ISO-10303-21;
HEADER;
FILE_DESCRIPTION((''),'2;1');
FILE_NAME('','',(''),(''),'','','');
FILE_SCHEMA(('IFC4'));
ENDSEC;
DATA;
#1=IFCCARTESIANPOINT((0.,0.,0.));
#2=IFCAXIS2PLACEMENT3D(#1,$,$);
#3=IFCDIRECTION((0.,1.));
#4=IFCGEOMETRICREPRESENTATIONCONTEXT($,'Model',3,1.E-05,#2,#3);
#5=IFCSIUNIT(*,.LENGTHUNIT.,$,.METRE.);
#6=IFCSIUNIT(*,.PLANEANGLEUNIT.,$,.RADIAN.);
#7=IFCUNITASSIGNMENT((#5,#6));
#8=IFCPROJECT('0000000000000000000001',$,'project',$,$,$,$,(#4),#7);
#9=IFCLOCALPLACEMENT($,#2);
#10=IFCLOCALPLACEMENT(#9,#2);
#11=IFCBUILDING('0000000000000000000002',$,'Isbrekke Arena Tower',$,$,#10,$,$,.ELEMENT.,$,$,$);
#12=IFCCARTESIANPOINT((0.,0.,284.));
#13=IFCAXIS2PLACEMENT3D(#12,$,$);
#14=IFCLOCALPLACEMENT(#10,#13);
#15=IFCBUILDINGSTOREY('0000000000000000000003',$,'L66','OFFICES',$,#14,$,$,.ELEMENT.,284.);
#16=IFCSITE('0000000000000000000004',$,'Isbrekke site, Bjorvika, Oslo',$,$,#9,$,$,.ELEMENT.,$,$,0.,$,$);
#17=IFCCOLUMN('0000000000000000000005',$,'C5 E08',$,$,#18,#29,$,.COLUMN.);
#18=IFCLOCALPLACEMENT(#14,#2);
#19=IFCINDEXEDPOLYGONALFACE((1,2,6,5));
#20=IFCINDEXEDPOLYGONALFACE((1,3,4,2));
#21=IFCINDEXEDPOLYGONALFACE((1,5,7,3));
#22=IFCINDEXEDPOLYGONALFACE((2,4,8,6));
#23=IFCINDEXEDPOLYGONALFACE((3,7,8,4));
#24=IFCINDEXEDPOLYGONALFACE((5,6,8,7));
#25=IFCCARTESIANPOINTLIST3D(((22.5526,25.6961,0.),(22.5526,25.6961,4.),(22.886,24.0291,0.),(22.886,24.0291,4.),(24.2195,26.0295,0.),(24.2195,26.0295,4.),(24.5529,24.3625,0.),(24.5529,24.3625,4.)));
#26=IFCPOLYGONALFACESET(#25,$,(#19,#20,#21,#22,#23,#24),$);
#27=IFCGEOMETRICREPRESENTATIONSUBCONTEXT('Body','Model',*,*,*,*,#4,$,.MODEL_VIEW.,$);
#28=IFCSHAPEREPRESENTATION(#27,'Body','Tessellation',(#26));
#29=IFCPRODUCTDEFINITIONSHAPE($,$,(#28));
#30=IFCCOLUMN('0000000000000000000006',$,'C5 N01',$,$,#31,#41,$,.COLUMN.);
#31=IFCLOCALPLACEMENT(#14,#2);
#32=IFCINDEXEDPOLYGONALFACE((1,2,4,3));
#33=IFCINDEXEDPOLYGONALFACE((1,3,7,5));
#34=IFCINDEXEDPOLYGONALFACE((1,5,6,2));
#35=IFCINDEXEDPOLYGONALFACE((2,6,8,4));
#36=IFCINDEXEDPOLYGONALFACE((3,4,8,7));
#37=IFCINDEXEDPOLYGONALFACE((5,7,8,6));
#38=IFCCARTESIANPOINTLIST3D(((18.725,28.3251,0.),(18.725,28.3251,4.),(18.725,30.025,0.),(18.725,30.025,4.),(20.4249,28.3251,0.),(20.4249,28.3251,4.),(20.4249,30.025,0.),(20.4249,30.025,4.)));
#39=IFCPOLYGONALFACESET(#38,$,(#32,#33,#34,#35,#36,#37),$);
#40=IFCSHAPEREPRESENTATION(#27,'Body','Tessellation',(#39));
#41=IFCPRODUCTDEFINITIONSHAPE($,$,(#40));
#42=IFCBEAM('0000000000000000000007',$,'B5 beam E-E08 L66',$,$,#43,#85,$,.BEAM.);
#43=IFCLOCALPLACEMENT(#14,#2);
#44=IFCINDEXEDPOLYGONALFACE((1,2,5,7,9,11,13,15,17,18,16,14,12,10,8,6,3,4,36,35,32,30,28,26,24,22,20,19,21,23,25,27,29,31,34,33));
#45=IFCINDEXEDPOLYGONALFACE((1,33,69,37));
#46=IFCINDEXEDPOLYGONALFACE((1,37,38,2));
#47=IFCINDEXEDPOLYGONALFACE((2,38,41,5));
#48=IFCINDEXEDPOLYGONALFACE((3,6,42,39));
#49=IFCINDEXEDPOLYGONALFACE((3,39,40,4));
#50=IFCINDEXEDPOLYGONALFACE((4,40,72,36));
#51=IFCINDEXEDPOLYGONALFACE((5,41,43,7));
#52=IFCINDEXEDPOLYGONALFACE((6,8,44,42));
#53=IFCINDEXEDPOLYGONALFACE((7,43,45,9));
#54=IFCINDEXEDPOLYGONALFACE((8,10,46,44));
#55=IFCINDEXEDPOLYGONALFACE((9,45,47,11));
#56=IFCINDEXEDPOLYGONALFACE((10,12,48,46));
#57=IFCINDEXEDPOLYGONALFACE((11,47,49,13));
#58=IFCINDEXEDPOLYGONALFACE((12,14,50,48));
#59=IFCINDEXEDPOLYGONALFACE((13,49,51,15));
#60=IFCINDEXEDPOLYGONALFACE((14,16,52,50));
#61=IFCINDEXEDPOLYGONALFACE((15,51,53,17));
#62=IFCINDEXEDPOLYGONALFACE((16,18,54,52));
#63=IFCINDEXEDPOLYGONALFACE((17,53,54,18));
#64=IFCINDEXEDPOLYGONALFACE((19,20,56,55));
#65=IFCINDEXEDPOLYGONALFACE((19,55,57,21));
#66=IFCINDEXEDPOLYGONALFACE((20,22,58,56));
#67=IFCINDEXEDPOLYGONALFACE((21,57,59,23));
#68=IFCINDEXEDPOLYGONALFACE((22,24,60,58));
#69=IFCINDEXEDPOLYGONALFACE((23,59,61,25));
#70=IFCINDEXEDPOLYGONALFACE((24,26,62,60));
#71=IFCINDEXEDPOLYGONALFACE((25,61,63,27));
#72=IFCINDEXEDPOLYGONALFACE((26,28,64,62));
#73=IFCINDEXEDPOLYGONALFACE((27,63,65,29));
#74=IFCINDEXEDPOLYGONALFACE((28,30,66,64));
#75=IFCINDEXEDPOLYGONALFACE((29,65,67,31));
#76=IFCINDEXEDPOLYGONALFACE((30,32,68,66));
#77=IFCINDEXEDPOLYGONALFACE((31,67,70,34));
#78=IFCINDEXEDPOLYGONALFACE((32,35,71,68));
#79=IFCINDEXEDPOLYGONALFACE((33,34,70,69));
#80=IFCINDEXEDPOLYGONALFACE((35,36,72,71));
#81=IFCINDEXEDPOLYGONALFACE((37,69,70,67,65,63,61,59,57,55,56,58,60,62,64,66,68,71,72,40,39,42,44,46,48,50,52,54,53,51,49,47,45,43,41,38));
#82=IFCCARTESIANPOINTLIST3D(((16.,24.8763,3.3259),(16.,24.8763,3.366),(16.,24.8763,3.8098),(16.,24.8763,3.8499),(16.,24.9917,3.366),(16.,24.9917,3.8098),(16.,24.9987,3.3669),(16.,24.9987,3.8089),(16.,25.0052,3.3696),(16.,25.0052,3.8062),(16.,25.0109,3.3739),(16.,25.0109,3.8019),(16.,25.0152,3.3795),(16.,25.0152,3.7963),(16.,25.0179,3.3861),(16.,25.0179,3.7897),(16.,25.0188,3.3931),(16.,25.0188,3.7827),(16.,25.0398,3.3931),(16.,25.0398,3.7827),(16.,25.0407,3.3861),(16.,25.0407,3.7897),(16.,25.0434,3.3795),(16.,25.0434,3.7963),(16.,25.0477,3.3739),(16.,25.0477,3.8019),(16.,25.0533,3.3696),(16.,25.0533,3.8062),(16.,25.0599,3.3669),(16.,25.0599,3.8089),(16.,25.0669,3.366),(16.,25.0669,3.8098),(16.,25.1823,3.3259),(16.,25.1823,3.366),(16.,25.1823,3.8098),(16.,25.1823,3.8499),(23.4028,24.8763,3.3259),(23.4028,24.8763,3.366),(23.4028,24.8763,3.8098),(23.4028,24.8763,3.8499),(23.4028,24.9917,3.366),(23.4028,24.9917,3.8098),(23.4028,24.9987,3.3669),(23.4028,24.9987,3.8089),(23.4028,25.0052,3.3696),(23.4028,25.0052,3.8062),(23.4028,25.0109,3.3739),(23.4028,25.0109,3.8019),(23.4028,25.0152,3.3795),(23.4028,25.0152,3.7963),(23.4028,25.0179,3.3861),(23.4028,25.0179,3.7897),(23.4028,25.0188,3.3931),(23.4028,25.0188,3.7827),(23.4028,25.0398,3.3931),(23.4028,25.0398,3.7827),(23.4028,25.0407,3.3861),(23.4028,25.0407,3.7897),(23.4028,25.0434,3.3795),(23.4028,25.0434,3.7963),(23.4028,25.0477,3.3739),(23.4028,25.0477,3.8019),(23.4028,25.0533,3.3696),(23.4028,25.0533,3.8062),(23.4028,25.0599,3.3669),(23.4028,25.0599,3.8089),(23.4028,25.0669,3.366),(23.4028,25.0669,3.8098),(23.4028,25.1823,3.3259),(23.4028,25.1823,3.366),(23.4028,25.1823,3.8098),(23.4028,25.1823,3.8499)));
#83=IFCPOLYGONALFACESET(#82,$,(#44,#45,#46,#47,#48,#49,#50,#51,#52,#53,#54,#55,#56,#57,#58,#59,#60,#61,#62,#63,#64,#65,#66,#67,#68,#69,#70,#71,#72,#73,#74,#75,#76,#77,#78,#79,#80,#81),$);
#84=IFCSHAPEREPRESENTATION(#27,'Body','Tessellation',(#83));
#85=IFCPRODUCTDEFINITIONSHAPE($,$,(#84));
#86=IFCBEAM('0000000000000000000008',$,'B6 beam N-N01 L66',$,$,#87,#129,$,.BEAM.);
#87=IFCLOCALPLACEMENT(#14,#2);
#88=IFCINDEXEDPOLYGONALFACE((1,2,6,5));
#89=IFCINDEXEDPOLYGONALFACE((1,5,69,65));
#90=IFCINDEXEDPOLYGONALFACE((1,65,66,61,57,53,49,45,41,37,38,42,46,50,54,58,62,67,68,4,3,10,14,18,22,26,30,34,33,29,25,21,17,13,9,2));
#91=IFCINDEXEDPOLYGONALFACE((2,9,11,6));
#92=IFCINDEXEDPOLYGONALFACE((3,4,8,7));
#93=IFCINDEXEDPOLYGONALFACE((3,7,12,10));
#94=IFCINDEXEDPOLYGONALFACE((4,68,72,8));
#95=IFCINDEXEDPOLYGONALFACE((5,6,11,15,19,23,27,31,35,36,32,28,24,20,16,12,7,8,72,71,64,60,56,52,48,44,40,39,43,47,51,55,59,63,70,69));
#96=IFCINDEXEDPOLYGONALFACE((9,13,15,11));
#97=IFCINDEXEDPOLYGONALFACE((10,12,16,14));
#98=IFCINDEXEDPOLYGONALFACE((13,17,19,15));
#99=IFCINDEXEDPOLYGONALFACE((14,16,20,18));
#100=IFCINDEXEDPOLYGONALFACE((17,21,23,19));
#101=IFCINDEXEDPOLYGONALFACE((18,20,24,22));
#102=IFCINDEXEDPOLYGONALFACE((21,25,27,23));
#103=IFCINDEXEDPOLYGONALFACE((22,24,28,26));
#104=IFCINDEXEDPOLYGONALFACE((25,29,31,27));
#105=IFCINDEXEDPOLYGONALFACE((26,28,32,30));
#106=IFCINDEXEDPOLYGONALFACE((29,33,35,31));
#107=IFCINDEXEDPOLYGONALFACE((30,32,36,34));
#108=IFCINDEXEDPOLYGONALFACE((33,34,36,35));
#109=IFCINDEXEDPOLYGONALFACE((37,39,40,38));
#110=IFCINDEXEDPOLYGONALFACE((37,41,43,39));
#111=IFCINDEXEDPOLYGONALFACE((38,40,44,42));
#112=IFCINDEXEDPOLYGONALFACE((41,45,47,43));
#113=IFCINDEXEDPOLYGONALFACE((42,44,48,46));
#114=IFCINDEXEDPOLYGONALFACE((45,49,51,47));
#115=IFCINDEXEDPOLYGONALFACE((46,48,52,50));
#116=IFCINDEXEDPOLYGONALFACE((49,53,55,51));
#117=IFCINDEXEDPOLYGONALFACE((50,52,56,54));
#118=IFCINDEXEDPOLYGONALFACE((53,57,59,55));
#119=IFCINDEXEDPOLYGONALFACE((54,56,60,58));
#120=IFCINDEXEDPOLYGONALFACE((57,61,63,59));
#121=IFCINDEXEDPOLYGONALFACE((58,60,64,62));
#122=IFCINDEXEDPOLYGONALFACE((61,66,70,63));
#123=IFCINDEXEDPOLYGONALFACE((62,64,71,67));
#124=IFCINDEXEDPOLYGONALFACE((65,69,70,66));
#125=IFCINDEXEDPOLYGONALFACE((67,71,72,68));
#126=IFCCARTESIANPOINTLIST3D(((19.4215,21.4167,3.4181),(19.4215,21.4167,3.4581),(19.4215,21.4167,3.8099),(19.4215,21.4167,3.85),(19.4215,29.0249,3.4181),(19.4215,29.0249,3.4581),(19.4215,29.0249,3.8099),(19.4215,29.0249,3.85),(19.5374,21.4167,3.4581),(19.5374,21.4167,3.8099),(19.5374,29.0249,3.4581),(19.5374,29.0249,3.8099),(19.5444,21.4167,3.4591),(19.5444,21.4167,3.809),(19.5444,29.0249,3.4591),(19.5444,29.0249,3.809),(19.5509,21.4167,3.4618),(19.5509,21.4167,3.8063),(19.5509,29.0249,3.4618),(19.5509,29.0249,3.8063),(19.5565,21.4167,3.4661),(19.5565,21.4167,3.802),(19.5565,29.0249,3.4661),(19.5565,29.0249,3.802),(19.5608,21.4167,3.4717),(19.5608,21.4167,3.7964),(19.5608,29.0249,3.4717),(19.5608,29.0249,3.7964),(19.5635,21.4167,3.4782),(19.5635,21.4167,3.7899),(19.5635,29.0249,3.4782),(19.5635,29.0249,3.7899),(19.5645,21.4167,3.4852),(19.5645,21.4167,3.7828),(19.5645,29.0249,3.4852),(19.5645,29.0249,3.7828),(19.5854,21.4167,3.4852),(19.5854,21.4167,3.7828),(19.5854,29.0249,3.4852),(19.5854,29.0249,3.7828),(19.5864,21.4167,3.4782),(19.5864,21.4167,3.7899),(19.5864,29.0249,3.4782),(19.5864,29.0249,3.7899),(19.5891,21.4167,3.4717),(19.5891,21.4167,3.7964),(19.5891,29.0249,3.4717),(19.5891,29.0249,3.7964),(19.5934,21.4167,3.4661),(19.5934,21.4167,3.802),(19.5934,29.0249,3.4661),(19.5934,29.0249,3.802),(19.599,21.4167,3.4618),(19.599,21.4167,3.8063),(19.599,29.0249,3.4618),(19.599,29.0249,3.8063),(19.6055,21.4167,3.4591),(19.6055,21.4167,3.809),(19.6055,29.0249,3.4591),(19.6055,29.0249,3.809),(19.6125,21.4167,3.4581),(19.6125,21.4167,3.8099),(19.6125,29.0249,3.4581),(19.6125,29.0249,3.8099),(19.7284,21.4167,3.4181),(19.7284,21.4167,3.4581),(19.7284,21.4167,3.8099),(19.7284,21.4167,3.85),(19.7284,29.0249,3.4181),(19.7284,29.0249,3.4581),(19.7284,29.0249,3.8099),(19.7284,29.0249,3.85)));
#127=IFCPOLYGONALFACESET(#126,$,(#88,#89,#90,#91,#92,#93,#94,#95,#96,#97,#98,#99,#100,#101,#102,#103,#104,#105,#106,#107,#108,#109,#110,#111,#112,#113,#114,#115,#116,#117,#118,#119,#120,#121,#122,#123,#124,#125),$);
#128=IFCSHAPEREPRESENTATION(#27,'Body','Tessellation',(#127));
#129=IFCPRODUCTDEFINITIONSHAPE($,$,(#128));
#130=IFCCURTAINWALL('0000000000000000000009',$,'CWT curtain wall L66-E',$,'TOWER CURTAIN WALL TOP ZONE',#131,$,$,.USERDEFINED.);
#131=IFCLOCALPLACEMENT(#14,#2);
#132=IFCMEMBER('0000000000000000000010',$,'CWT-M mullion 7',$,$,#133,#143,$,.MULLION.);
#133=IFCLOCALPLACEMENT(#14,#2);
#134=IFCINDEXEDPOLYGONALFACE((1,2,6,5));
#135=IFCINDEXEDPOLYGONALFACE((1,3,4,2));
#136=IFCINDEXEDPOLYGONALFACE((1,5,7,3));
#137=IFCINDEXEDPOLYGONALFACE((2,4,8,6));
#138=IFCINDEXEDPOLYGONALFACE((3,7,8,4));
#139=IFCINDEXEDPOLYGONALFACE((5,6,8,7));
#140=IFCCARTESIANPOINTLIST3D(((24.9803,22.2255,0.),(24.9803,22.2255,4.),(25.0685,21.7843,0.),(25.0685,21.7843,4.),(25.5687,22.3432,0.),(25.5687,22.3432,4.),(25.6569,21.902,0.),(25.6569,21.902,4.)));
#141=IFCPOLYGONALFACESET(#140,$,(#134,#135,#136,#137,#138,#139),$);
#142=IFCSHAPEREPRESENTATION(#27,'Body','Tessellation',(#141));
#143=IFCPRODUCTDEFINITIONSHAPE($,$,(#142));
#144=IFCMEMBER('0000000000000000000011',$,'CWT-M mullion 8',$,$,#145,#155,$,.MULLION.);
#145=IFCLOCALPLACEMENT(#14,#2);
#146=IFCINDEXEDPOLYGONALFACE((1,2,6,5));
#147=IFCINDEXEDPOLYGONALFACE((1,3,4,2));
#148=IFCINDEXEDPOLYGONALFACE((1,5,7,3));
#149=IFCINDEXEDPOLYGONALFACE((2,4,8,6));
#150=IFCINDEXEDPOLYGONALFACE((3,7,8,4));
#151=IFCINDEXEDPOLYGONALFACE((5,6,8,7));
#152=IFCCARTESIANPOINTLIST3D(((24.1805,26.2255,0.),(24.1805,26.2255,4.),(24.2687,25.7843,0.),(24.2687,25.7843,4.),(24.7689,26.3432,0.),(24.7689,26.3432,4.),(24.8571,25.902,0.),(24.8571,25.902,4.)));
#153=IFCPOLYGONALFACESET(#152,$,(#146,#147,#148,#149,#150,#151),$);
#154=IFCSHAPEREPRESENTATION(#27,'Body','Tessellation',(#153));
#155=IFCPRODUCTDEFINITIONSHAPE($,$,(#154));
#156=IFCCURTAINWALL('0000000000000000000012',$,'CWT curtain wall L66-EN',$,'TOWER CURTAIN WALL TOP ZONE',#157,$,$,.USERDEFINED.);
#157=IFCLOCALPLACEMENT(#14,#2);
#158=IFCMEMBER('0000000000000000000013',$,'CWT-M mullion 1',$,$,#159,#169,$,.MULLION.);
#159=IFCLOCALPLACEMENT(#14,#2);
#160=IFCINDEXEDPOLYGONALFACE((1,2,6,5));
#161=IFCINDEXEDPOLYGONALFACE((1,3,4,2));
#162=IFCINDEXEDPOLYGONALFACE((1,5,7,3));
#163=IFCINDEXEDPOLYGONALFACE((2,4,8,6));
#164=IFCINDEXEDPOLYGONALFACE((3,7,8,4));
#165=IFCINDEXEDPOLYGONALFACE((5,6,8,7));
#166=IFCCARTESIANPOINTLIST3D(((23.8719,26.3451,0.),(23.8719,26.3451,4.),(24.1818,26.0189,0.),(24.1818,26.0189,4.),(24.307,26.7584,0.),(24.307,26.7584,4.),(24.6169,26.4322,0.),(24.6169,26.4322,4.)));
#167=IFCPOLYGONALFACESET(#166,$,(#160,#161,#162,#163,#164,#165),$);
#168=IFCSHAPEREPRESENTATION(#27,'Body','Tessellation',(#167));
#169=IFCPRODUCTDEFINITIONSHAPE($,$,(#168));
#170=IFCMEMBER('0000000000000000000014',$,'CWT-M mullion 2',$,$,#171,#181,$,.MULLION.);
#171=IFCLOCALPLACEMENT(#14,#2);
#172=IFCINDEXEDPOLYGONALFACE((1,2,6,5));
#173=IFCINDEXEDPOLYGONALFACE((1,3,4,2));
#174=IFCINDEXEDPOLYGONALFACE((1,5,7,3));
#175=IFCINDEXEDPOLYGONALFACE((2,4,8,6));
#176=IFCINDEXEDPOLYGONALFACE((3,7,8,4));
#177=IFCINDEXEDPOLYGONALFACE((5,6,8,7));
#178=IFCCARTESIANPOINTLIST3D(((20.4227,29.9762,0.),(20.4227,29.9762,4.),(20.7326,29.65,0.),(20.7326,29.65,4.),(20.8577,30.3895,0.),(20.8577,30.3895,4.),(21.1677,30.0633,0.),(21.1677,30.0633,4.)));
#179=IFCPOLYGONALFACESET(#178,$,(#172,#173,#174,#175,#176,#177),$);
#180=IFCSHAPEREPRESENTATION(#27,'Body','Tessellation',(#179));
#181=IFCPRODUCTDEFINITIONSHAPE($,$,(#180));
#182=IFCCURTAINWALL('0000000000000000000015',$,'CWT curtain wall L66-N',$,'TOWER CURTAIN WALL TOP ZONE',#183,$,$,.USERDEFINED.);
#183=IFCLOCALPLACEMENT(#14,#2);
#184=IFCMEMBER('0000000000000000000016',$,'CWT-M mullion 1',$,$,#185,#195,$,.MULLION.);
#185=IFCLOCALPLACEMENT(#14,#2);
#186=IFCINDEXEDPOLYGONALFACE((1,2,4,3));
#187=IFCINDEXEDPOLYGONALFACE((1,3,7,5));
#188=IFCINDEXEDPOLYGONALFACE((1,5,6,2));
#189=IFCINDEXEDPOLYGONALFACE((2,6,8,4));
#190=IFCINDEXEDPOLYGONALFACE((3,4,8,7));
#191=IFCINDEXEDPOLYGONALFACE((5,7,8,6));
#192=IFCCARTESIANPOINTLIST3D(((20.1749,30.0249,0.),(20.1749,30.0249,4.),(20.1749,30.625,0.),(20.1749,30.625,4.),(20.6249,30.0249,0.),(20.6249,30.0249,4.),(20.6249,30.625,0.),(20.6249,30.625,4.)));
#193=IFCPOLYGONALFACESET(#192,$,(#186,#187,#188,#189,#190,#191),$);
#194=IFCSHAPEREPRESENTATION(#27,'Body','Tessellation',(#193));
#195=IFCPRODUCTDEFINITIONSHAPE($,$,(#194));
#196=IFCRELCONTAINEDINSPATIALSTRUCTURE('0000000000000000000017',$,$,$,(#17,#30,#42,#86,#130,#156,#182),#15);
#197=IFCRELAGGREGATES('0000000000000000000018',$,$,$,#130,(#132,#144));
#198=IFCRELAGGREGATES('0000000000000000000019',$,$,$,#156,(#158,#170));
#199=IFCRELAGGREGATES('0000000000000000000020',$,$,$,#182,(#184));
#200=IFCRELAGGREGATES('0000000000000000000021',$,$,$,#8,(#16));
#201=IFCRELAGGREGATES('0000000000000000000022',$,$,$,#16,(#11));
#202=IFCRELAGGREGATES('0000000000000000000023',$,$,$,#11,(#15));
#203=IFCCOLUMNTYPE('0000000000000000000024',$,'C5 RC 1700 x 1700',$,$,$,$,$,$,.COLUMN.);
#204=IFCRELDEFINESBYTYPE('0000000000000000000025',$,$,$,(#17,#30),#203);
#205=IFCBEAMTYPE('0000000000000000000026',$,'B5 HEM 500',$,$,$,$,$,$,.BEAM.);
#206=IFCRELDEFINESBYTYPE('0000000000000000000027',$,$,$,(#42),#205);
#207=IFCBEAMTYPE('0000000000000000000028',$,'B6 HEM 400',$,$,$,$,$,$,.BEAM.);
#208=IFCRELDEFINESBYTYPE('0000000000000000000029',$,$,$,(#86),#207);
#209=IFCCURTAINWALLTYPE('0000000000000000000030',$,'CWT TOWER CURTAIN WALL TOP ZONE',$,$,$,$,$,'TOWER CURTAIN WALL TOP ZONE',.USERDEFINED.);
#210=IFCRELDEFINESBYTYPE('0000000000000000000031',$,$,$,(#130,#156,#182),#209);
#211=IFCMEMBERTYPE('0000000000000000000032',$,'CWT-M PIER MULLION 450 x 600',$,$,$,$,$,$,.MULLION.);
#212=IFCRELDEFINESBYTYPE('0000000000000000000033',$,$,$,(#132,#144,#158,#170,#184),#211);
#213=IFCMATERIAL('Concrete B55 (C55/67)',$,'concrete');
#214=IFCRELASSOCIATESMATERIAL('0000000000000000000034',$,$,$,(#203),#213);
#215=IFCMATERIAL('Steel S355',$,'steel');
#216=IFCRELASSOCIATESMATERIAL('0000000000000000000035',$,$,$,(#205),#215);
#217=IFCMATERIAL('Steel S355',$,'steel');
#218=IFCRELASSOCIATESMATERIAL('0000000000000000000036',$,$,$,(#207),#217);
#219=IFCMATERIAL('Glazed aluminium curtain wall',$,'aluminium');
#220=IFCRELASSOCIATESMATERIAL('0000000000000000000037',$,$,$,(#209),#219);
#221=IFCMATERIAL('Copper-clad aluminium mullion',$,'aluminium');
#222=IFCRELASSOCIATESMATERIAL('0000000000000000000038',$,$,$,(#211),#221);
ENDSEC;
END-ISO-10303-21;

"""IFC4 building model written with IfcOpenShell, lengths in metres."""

from ifc_helpers import new_model, si_unit, direction, frame, origin, origin_2d, place, context, subcontext, project, spatial, rectangle, i_section, extrude, material, material_profile, profile_set, type_object, element, aggregate, save


model = new_model("IFC4")

# Units and contexts
model_context = context("Model", 3, precision=1e-05, world=origin(), true_north=direction((0.0, 1.0)))
body_context = subcontext(model_context, "Body", "Model", "MODEL_VIEW")
ifc_project = project(units=[si_unit("LENGTHUNIT", "METRE"), si_unit("PLANEANGLEUNIT", "RADIAN")], contexts=[model_context])

# Site, building, storey
site_placement = place(None, origin())
site = spatial("IfcSite", under=ifc_project, at=site_placement, Name="Isbrekke site, Bjorvika, Oslo", CompositionType="ELEMENT", RefElevation=0.0)
building_placement = place(site_placement, origin())
building = spatial("IfcBuilding", under=site, at=building_placement, Name="Isbrekke Arena Tower", CompositionType="ELEMENT")
storey_placement = place(building_placement, frame((0.0, 0.0, 284.0)))
storey = spatial("IfcBuildingStorey", under=building, at=storey_placement, Name="L66", Description="OFFICES", CompositionType="ELEMENT", Elevation=284.0)

# Columns
ifc_material_1 = material(Name="Concrete B55 (C55/67)", Category="concrete")
ifc_material_profile_1 = material_profile(ifc_material_1, rectangle(XDim=1.7, YDim=1.7, at=origin_2d()), Name="RC 1700x1700")
ifc_profile_set_1 = profile_set([ifc_material_profile_1], Name="Concrete B55 (C55/67)")
column_type = type_object("IfcColumnType", Name="C5 RC 1700 x 1700", PredefinedType="COLUMN", material=ifc_profile_set_1)
for number, where, z_axis, x_axis, name in (
    (1, (23.5527, 25.0293, 0.0), (0.0, 0.0, 1.0), (-0.196116, 0.980581, 0.0), "C5 E08"),
    (2, (19.575, 29.175, 0.0), (0.0, 0.0, 1.0), (-1.0, 0.0, 0.0), "C5 N01"),
):
    element("IfcColumn", number, at=place(storey_placement, frame(where, z_axis=z_axis, x_axis=x_axis)), inside=storey, type_object=column_type, Name=name, PredefinedType="COLUMN", context=body_context, shape_type="SweptSolid", body=[
        extrude(rectangle(XDim=1.7, YDim=1.7, at=origin_2d()), origin(), (0.0, 0.0, 1.0), 4.0),
    ])

# Beams
ifc_material_2 = material(Name="Steel S355", Category="steel")
ifc_material_profile_2 = material_profile(ifc_material_2, i_section(OverallWidth=0.3059, OverallDepth=0.5239, WebThickness=0.021, FlangeThickness=0.04, FilletRadius=0.0271, at=origin_2d()), Name="HEM 500")
ifc_profile_set_2 = profile_set([ifc_material_profile_2], Name="Steel S355")
beam_type_1 = type_object("IfcBeamType", Name="B5 HEM 500", PredefinedType="BEAM", material=ifc_profile_set_2)
beam_1_placement = place(storey_placement, frame((23.4028, 25.0293, 3.5879), z_axis=(-1.0, 0.0, 0.0), x_axis=(0.0, -1.0, 0.0)))
element("IfcBeam", 3, at=beam_1_placement, inside=storey, type_object=beam_type_1, Name="B5 beam E-E08 L66", PredefinedType="BEAM", context=body_context, shape_type="SweptSolid", body=[
    extrude(i_section(OverallWidth=0.3059, OverallDepth=0.5239, WebThickness=0.021, FlangeThickness=0.04, FilletRadius=0.0271, at=origin_2d()), origin(), (0.0, 0.0, 1.0), 7.4028),
])
ifc_material_3 = material(Name="Steel S355", Category="steel")
ifc_material_profile_3 = material_profile(ifc_material_3, i_section(OverallWidth=0.3069, OverallDepth=0.4319, WebThickness=0.021, FlangeThickness=0.04, FilletRadius=0.0271, at=origin_2d()), Name="HEM 400")
ifc_profile_set_3 = profile_set([ifc_material_profile_3], Name="Steel S355")
beam_type_2 = type_object("IfcBeamType", Name="B6 HEM 400", PredefinedType="BEAM", material=ifc_profile_set_3)
beam_2_placement = place(storey_placement, frame((19.575, 29.0249, 3.634), z_axis=(0.0, -1.0, 0.0), x_axis=(1.0, 0.0, 0.0)))
element("IfcBeam", 4, at=beam_2_placement, inside=storey, type_object=beam_type_2, Name="B6 beam N-N01 L66", PredefinedType="BEAM", context=body_context, shape_type="SweptSolid", body=[
    extrude(i_section(OverallWidth=0.3069, OverallDepth=0.4319, WebThickness=0.021, FlangeThickness=0.04, FilletRadius=0.0271, at=origin_2d()), origin(), (0.0, 0.0, 1.0), 7.6082),
])

# Curtain walls, members
ifc_material_4 = material(Name="Glazed aluminium curtain wall", Category="aluminium")
curtain_wall_type = type_object("IfcCurtainWallType", Name="CWT TOWER CURTAIN WALL TOP ZONE", ElementType="TOWER CURTAIN WALL TOP ZONE", PredefinedType="USERDEFINED", material=ifc_material_4)
curtain_wall_1_placement = place(storey_placement, origin())
curtain_wall_1 = element("IfcCurtainWall", 5, at=curtain_wall_1_placement, inside=storey, type_object=curtain_wall_type, Name="CWT curtain wall L66-E", ObjectType="TOWER CURTAIN WALL TOP ZONE", PredefinedType="USERDEFINED")
ifc_material_5 = material(Name="Copper-clad aluminium mullion", Category="aluminium")
ifc_material_profile_4 = material_profile(ifc_material_5, rectangle(XDim=0.45, YDim=0.6001, at=origin_2d()), Name="PIER 450X600")
ifc_profile_set_4 = profile_set([ifc_material_profile_4], Name="Copper-clad aluminium mullion")
member_type_1 = type_object("IfcMemberType", Name="CWT-M PIER MULLION 450 x 600", PredefinedType="MULLION", material=ifc_profile_set_4)
member_1_placement = place(storey_placement, frame((25.3186, 22.0637, 0.0), z_axis=(0.0, 0.0, 1.0), x_axis=(-0.196116, 0.980581, 0.0)))
member_1 = element("IfcMember", 6, at=member_1_placement, type_object=member_type_1, Name="CWT-M mullion 7", PredefinedType="MULLION", context=body_context, shape_type="SweptSolid", body=[
    extrude(rectangle(XDim=0.45, YDim=0.6001, at=origin_2d()), origin(), (0.0, 0.0, 1.0), 4.0),
])
member_2_placement = place(storey_placement, frame((24.5188, 26.0637, 0.0), z_axis=(0.0, 0.0, 1.0), x_axis=(-0.196116, 0.980581, 0.0)))
member_2 = element("IfcMember", 7, at=member_2_placement, type_object=member_type_1, Name="CWT-M mullion 8", PredefinedType="MULLION", context=body_context, shape_type="SweptSolid", body=[
    extrude(rectangle(XDim=0.45, YDim=0.6001, at=origin_2d()), origin(), (0.0, 0.0, 1.0), 4.0),
])
curtain_wall_2_placement = place(storey_placement, origin())
curtain_wall_2 = element("IfcCurtainWall", 8, at=curtain_wall_2_placement, inside=storey, type_object=curtain_wall_type, Name="CWT curtain wall L66-EN", ObjectType="TOWER CURTAIN WALL TOP ZONE", PredefinedType="USERDEFINED")
member_3_placement = place(storey_placement, frame((24.2444, 26.3887, 0.0), z_axis=(0.0, 0.0, 1.0), x_axis=(-0.688749, 0.724999, 0.0)))
member_3 = element("IfcMember", 9, at=member_3_placement, type_object=member_type_1, Name="CWT-M mullion 1", PredefinedType="MULLION", context=body_context, shape_type="SweptSolid", body=[
    extrude(rectangle(XDim=0.45, YDim=0.6001, at=origin_2d()), origin(), (0.0, 0.0, 1.0), 4.0),
])
member_4_placement = place(storey_placement, frame((20.7952, 30.0198, 0.0), z_axis=(0.0, 0.0, 1.0), x_axis=(-0.688749, 0.724999, 0.0)))
member_4 = element("IfcMember", 10, at=member_4_placement, type_object=member_type_1, Name="CWT-M mullion 2", PredefinedType="MULLION", context=body_context, shape_type="SweptSolid", body=[
    extrude(rectangle(XDim=0.45, YDim=0.6001, at=origin_2d()), origin(), (0.0, 0.0, 1.0), 4.0),
])
curtain_wall_3_placement = place(storey_placement, origin())
curtain_wall_3 = element("IfcCurtainWall", 11, at=curtain_wall_3_placement, inside=storey, type_object=curtain_wall_type, Name="CWT curtain wall L66-N", ObjectType="TOWER CURTAIN WALL TOP ZONE", PredefinedType="USERDEFINED")
member_5_placement = place(storey_placement, frame((20.3999, 30.325, 0.0), z_axis=(0.0, 0.0, 1.0), x_axis=(-1.0, 0.0, 0.0)))
member_5 = element("IfcMember", 12, at=member_5_placement, type_object=member_type_1, Name="CWT-M mullion 1", PredefinedType="MULLION", context=body_context, shape_type="SweptSolid", body=[
    extrude(rectangle(XDim=0.45, YDim=0.6001, at=origin_2d()), origin(), (0.0, 0.0, 1.0), 4.0),
])

aggregate(curtain_wall_1, [member_1, member_2])
aggregate(curtain_wall_2, [member_3, member_4])
aggregate(curtain_wall_3, [member_5])

save(model, "model.ifc")
